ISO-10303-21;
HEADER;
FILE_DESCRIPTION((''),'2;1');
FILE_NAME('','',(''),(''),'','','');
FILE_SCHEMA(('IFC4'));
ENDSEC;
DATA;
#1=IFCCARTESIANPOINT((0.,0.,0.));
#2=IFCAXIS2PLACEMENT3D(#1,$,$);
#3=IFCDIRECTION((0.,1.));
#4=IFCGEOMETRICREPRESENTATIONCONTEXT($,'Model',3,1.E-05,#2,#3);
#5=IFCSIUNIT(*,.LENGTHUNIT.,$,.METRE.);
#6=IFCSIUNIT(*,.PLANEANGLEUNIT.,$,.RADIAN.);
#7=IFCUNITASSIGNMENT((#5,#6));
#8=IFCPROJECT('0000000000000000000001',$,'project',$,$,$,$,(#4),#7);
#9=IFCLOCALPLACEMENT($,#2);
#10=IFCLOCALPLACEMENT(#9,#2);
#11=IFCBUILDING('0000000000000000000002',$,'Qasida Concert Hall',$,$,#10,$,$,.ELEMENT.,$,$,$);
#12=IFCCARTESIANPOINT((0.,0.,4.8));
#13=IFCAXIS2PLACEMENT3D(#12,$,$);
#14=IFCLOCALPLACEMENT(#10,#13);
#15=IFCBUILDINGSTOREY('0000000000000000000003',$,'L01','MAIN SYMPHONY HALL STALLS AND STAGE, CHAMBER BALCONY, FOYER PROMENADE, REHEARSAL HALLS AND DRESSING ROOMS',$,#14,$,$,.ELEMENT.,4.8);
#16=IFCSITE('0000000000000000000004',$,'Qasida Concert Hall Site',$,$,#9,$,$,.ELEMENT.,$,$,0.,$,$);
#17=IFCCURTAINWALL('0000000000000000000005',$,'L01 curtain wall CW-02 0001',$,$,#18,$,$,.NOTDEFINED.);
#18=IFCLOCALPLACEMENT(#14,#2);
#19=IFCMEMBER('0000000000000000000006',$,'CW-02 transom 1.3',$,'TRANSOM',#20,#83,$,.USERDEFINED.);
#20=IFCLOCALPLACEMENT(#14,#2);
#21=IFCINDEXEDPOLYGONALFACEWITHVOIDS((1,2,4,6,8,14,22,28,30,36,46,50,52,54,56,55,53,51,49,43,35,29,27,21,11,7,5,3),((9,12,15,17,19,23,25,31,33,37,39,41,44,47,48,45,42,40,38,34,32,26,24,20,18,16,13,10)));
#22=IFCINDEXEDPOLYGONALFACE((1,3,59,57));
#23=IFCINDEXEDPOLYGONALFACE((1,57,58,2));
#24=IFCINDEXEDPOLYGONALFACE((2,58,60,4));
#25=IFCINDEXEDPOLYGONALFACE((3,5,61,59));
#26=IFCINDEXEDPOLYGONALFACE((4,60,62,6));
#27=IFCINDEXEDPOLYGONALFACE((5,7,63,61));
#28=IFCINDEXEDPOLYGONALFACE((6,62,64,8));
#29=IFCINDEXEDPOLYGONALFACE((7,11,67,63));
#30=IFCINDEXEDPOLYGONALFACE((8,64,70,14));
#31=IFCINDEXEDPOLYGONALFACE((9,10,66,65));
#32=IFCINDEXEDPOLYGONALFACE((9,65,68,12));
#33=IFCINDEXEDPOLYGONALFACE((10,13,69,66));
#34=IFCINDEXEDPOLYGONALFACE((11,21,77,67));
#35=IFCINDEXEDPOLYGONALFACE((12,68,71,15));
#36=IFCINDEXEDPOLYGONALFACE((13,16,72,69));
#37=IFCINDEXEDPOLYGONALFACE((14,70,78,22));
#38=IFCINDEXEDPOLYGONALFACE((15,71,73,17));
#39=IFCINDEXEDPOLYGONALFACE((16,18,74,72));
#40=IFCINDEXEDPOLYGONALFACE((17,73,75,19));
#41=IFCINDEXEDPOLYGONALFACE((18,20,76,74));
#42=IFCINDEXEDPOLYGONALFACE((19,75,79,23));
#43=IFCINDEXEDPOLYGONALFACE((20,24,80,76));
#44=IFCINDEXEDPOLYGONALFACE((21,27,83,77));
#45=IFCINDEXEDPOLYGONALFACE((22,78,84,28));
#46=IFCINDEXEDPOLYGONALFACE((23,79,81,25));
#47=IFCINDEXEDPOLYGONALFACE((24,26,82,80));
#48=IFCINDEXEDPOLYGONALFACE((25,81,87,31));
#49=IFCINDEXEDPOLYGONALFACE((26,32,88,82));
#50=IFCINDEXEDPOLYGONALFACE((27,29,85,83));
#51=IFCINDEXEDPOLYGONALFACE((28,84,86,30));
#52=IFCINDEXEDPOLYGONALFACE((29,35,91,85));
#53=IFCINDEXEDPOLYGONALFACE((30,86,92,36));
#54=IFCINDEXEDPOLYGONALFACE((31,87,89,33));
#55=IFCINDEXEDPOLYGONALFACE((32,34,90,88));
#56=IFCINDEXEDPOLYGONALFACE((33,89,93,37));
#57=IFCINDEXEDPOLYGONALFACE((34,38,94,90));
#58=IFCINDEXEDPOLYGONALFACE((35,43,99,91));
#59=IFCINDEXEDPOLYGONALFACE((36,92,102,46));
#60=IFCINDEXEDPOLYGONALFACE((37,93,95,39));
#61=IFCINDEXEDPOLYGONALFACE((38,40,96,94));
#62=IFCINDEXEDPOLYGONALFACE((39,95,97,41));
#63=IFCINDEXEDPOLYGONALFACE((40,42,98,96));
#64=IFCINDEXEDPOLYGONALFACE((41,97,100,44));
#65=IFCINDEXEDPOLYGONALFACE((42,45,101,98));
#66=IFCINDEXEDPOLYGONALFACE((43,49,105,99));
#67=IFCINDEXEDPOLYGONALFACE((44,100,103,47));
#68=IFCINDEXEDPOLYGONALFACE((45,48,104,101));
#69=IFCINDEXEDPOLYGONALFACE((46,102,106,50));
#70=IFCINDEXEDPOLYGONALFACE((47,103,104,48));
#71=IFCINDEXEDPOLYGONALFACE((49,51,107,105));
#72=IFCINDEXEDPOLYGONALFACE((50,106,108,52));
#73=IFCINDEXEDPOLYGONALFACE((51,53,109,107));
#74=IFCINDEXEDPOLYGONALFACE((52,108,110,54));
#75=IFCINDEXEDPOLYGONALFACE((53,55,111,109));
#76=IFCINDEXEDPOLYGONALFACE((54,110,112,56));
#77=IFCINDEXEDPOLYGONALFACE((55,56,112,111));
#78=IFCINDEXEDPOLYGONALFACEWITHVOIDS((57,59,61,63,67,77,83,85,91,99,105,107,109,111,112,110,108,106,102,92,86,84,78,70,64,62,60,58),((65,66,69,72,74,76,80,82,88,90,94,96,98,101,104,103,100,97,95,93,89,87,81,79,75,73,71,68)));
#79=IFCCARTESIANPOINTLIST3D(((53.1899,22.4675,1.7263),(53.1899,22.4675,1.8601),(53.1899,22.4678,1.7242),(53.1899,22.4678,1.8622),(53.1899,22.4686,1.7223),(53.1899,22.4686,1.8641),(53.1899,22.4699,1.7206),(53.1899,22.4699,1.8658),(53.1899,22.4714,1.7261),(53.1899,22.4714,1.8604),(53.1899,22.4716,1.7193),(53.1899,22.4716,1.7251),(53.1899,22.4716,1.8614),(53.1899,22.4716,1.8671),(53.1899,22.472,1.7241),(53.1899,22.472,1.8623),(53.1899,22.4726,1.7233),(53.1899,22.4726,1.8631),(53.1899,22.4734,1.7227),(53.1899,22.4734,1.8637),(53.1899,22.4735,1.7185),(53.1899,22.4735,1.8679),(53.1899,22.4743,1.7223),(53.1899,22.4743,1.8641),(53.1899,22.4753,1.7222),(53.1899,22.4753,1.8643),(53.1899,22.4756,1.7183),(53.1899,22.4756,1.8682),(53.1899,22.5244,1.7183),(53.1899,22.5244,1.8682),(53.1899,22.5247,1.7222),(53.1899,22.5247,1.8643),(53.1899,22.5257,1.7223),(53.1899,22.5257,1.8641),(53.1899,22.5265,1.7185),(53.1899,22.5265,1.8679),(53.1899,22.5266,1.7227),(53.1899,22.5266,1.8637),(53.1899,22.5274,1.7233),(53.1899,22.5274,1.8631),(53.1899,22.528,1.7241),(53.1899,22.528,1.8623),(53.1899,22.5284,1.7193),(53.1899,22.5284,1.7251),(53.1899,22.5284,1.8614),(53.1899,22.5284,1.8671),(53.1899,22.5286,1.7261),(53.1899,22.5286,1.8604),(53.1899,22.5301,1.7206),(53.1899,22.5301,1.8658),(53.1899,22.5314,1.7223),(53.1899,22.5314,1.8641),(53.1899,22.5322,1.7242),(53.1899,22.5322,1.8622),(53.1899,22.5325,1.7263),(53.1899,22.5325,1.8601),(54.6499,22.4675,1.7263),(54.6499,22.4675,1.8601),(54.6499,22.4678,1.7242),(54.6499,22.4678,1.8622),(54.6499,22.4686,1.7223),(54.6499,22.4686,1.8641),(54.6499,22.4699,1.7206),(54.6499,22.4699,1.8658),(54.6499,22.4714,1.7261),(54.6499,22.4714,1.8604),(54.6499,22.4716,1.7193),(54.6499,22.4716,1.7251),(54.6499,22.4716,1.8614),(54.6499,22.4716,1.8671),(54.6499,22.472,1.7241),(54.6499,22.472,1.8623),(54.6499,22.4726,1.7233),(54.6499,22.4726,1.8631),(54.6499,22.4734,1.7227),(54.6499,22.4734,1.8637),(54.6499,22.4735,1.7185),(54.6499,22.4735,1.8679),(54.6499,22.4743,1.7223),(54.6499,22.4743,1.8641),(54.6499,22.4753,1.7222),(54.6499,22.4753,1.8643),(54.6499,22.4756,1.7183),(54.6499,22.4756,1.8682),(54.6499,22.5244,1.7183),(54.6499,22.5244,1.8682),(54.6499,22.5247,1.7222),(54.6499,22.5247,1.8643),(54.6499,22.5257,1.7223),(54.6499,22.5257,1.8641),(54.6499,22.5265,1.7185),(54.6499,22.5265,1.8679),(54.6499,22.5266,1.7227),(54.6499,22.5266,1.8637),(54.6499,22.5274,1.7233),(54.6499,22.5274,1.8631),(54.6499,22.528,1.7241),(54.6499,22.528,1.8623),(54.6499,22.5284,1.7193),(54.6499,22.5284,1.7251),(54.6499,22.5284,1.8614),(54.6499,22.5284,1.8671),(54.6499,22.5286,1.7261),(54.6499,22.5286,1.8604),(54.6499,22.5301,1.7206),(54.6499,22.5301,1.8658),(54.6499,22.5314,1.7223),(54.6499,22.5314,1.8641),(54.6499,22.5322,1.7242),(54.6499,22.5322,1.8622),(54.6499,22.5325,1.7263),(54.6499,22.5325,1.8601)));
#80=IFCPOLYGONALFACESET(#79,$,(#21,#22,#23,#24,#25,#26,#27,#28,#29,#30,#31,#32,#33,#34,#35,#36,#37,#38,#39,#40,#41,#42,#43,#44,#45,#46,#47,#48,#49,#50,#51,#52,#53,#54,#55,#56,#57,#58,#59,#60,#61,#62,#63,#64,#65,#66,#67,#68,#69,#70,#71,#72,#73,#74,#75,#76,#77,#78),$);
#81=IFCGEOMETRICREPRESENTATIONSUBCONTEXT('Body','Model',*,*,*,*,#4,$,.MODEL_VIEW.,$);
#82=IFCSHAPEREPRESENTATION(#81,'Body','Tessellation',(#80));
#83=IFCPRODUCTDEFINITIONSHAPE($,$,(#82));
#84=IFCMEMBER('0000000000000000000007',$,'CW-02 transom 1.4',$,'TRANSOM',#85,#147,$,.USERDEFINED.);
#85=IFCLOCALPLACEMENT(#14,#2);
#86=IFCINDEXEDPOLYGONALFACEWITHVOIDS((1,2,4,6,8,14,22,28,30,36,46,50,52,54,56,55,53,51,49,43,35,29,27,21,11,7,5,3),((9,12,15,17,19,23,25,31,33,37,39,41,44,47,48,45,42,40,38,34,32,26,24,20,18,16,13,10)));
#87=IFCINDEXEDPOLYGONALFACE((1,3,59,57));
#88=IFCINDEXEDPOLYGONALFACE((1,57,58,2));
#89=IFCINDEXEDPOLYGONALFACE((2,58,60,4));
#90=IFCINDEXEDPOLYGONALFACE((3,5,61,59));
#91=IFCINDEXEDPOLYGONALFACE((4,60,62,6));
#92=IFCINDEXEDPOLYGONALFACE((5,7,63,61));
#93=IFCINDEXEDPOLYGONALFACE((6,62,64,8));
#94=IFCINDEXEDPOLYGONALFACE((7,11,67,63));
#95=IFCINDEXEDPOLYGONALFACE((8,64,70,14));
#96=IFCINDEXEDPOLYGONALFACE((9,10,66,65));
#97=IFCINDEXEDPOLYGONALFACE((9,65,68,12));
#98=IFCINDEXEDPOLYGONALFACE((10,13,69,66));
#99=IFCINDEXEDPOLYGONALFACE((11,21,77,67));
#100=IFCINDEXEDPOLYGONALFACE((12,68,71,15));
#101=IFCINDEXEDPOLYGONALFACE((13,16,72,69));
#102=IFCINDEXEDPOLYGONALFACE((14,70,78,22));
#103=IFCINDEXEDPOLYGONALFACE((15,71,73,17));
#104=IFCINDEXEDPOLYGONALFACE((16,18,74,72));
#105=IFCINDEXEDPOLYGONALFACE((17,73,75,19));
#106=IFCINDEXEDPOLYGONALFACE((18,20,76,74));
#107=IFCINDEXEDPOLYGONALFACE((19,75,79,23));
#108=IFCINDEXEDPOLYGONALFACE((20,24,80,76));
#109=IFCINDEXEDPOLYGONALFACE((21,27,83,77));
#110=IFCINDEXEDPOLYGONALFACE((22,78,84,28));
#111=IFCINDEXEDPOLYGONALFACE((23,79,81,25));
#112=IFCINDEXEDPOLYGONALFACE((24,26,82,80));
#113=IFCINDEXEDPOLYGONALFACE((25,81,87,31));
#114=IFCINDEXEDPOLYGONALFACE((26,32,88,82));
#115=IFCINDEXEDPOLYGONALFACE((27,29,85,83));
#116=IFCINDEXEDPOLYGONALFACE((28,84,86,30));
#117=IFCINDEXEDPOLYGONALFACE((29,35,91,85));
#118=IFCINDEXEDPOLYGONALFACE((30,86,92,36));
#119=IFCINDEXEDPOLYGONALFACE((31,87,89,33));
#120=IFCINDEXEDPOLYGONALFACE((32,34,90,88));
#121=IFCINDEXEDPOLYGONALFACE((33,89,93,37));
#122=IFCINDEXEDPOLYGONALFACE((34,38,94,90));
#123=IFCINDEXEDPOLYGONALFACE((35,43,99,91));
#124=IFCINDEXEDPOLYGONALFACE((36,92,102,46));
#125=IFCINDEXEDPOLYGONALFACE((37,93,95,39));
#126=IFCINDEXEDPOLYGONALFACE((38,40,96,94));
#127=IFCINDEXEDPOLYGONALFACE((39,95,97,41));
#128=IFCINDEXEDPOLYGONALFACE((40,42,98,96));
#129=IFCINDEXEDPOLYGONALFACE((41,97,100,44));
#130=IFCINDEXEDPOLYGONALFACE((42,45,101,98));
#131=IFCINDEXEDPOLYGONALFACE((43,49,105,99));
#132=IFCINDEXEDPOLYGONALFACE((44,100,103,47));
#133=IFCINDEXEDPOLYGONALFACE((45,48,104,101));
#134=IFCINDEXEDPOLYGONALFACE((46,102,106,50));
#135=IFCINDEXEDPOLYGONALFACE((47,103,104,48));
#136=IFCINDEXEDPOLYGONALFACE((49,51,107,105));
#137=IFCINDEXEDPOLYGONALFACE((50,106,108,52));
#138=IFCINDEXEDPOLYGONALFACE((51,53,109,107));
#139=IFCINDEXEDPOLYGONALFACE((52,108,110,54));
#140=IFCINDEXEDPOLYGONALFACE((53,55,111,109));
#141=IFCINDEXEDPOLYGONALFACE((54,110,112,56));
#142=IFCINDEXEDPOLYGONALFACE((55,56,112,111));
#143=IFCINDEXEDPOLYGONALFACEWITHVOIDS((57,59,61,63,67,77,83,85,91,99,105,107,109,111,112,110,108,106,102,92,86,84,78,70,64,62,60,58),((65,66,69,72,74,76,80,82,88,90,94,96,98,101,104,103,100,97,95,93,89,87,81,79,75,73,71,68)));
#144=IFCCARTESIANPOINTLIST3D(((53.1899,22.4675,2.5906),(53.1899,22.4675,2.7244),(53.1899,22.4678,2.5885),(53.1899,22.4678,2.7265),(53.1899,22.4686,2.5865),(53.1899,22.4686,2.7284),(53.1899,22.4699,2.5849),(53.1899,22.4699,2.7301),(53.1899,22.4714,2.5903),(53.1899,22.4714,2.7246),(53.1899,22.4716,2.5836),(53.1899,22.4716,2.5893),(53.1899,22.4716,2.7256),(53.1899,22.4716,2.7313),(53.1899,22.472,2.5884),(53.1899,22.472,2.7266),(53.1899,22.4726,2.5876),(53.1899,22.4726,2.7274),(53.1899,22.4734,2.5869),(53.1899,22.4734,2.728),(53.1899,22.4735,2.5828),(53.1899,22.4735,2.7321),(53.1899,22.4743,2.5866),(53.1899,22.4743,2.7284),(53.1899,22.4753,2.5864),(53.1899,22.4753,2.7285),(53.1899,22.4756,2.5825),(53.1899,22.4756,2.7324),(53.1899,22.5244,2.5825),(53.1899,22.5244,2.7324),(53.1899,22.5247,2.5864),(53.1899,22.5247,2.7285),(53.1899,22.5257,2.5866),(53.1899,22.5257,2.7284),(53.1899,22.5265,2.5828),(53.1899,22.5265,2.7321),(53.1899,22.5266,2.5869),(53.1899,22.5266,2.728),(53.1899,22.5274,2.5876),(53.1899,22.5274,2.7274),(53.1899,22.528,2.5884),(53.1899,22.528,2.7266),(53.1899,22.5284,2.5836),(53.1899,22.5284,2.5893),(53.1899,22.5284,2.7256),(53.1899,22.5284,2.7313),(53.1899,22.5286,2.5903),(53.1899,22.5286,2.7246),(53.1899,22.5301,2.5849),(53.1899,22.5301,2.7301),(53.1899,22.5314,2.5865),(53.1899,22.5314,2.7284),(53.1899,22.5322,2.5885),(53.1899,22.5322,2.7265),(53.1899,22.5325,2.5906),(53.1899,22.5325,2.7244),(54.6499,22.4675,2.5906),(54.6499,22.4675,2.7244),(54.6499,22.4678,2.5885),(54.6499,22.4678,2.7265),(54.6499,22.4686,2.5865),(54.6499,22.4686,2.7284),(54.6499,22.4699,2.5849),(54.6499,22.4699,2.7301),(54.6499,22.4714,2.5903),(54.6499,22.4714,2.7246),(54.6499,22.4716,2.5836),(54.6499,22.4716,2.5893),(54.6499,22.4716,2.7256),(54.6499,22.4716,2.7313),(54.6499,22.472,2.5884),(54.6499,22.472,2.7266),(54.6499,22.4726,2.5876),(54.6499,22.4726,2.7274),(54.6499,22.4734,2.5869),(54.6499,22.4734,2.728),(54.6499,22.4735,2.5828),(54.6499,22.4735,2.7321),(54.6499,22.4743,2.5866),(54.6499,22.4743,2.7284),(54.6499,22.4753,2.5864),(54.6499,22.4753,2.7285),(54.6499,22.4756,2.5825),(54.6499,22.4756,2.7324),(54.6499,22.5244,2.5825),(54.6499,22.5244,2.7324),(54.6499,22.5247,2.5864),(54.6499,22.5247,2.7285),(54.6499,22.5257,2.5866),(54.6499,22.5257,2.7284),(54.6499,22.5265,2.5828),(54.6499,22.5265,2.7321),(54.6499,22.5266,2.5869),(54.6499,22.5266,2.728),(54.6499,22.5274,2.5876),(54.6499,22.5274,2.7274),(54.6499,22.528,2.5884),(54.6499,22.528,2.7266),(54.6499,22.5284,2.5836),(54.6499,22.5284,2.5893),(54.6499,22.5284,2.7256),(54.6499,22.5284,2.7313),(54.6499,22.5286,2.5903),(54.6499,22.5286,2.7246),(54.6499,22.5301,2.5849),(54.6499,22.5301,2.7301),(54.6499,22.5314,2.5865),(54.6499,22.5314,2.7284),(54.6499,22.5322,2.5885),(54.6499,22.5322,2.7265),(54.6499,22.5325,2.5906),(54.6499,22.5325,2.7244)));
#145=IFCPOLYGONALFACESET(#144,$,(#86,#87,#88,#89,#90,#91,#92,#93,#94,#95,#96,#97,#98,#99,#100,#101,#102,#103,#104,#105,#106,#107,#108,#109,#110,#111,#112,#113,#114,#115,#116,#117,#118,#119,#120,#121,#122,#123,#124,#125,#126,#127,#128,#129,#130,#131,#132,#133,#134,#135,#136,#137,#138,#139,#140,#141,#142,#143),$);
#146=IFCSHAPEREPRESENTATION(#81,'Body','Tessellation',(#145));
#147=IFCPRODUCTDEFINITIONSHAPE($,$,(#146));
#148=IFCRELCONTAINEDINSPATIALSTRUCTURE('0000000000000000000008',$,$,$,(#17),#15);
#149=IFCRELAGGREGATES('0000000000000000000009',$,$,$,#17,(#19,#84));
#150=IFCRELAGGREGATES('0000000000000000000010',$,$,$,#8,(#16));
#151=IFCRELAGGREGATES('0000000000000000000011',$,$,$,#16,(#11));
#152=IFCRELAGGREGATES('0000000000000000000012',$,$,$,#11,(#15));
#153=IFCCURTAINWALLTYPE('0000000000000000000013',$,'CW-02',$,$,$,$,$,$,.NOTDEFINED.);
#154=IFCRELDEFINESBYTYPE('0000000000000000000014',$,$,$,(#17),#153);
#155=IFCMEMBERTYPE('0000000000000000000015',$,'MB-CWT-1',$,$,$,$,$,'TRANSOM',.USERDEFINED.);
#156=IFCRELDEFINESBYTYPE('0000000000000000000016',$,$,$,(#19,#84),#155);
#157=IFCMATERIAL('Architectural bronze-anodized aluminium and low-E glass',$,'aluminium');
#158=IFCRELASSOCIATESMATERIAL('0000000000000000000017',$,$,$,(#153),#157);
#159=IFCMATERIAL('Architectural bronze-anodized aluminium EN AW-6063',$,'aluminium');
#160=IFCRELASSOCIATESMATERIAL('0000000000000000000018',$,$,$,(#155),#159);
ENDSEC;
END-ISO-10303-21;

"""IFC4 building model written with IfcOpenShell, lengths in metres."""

from ifc_helpers import new_model, si_unit, direction, frame, origin, origin_2d, place, context, subcontext, project, spatial, hollow_rectangle, extrude, material, material_profile, profile_set, type_object, element, aggregate, save


model = new_model("IFC4")

# Units and contexts
model_context = context("Model", 3, precision=1e-05, world=origin(), true_north=direction((0.0, 1.0)))
body_context = subcontext(model_context, "Body", "Model", "MODEL_VIEW")
ifc_project = project(units=[si_unit("LENGTHUNIT", "METRE"), si_unit("PLANEANGLEUNIT", "RADIAN")], contexts=[model_context])

# Site, building, storey
site_placement = place(None, origin())
site = spatial("IfcSite", under=ifc_project, at=site_placement, Name="Qasida Concert Hall Site", CompositionType="ELEMENT", RefElevation=0.0)
building_placement = place(site_placement, origin())
building = spatial("IfcBuilding", under=site, at=building_placement, Name="Qasida Concert Hall", CompositionType="ELEMENT")
storey_placement = place(building_placement, frame((0.0, 0.0, 4.8)))
storey = spatial("IfcBuildingStorey", under=building, at=storey_placement, Name="L01", Description="MAIN SYMPHONY HALL STALLS AND STAGE, CHAMBER BALCONY, FOYER PROMENADE, REHEARSAL HALLS AND DRESSING ROOMS", CompositionType="ELEMENT", Elevation=4.8)

# Curtain wall, members
ifc_material_1 = material(Name="Architectural bronze-anodized aluminium and low-E glass", Category="aluminium")
curtain_wall_type = type_object("IfcCurtainWallType", Name="CW-02", PredefinedType="NOTDEFINED", material=ifc_material_1)
curtain_wall_placement = place(storey_placement, origin())
curtain_wall = element("IfcCurtainWall", 1, at=curtain_wall_placement, inside=storey, type_object=curtain_wall_type, Name="L01 curtain wall CW-02 0001", PredefinedType="NOTDEFINED")
ifc_material_2 = material(Name="Architectural bronze-anodized aluminium EN AW-6063", Category="aluminium")
ifc_material_profile_1 = material_profile(ifc_material_2, hollow_rectangle(XDim=0.0649, YDim=0.1499, WallThickness=0.0039, InnerFilletRadius=0.0039, OuterFilletRadius=0.0081, at=origin_2d()), Name="CWT 150x65x4")
ifc_profile_set_1 = profile_set([ifc_material_profile_1], Name="Architectural bronze-anodized aluminium EN AW-6063")
member_type_1 = type_object("IfcMemberType", Name="MB-CWT-1", ElementType="TRANSOM", PredefinedType="USERDEFINED", material=ifc_profile_set_1)
member_1_placement = place(storey_placement, frame((53.1899, 22.5, 1.7932), z_axis=(1.0, 0.0, 0.0), x_axis=(0.0, 1.0, 0.0)))
member_1 = element("IfcMember", 2, at=member_1_placement, type_object=member_type_1, Name="CW-02 transom 1.3", ObjectType="TRANSOM", PredefinedType="USERDEFINED", context=body_context, shape_type="SweptSolid", body=[
    extrude(hollow_rectangle(XDim=0.0649, YDim=0.1499, WallThickness=0.0039, InnerFilletRadius=0.0039, OuterFilletRadius=0.0081, at=origin_2d()), origin(), (0.0, 0.0, 1.0), 1.46),
])
member_2_placement = place(storey_placement, frame((53.1899, 22.5, 2.6575), z_axis=(1.0, 0.0, 0.0), x_axis=(0.0, 1.0, 0.0)))
member_2 = element("IfcMember", 3, at=member_2_placement, type_object=member_type_1, Name="CW-02 transom 1.4", ObjectType="TRANSOM", PredefinedType="USERDEFINED", context=body_context, shape_type="SweptSolid", body=[
    extrude(hollow_rectangle(XDim=0.0649, YDim=0.1499, WallThickness=0.0039, InnerFilletRadius=0.0039, OuterFilletRadius=0.0081, at=origin_2d()), origin(), (0.0, 0.0, 1.0), 1.46),
])
aggregate(curtain_wall, [member_1, member_2])

save(model, "model.ifc")
